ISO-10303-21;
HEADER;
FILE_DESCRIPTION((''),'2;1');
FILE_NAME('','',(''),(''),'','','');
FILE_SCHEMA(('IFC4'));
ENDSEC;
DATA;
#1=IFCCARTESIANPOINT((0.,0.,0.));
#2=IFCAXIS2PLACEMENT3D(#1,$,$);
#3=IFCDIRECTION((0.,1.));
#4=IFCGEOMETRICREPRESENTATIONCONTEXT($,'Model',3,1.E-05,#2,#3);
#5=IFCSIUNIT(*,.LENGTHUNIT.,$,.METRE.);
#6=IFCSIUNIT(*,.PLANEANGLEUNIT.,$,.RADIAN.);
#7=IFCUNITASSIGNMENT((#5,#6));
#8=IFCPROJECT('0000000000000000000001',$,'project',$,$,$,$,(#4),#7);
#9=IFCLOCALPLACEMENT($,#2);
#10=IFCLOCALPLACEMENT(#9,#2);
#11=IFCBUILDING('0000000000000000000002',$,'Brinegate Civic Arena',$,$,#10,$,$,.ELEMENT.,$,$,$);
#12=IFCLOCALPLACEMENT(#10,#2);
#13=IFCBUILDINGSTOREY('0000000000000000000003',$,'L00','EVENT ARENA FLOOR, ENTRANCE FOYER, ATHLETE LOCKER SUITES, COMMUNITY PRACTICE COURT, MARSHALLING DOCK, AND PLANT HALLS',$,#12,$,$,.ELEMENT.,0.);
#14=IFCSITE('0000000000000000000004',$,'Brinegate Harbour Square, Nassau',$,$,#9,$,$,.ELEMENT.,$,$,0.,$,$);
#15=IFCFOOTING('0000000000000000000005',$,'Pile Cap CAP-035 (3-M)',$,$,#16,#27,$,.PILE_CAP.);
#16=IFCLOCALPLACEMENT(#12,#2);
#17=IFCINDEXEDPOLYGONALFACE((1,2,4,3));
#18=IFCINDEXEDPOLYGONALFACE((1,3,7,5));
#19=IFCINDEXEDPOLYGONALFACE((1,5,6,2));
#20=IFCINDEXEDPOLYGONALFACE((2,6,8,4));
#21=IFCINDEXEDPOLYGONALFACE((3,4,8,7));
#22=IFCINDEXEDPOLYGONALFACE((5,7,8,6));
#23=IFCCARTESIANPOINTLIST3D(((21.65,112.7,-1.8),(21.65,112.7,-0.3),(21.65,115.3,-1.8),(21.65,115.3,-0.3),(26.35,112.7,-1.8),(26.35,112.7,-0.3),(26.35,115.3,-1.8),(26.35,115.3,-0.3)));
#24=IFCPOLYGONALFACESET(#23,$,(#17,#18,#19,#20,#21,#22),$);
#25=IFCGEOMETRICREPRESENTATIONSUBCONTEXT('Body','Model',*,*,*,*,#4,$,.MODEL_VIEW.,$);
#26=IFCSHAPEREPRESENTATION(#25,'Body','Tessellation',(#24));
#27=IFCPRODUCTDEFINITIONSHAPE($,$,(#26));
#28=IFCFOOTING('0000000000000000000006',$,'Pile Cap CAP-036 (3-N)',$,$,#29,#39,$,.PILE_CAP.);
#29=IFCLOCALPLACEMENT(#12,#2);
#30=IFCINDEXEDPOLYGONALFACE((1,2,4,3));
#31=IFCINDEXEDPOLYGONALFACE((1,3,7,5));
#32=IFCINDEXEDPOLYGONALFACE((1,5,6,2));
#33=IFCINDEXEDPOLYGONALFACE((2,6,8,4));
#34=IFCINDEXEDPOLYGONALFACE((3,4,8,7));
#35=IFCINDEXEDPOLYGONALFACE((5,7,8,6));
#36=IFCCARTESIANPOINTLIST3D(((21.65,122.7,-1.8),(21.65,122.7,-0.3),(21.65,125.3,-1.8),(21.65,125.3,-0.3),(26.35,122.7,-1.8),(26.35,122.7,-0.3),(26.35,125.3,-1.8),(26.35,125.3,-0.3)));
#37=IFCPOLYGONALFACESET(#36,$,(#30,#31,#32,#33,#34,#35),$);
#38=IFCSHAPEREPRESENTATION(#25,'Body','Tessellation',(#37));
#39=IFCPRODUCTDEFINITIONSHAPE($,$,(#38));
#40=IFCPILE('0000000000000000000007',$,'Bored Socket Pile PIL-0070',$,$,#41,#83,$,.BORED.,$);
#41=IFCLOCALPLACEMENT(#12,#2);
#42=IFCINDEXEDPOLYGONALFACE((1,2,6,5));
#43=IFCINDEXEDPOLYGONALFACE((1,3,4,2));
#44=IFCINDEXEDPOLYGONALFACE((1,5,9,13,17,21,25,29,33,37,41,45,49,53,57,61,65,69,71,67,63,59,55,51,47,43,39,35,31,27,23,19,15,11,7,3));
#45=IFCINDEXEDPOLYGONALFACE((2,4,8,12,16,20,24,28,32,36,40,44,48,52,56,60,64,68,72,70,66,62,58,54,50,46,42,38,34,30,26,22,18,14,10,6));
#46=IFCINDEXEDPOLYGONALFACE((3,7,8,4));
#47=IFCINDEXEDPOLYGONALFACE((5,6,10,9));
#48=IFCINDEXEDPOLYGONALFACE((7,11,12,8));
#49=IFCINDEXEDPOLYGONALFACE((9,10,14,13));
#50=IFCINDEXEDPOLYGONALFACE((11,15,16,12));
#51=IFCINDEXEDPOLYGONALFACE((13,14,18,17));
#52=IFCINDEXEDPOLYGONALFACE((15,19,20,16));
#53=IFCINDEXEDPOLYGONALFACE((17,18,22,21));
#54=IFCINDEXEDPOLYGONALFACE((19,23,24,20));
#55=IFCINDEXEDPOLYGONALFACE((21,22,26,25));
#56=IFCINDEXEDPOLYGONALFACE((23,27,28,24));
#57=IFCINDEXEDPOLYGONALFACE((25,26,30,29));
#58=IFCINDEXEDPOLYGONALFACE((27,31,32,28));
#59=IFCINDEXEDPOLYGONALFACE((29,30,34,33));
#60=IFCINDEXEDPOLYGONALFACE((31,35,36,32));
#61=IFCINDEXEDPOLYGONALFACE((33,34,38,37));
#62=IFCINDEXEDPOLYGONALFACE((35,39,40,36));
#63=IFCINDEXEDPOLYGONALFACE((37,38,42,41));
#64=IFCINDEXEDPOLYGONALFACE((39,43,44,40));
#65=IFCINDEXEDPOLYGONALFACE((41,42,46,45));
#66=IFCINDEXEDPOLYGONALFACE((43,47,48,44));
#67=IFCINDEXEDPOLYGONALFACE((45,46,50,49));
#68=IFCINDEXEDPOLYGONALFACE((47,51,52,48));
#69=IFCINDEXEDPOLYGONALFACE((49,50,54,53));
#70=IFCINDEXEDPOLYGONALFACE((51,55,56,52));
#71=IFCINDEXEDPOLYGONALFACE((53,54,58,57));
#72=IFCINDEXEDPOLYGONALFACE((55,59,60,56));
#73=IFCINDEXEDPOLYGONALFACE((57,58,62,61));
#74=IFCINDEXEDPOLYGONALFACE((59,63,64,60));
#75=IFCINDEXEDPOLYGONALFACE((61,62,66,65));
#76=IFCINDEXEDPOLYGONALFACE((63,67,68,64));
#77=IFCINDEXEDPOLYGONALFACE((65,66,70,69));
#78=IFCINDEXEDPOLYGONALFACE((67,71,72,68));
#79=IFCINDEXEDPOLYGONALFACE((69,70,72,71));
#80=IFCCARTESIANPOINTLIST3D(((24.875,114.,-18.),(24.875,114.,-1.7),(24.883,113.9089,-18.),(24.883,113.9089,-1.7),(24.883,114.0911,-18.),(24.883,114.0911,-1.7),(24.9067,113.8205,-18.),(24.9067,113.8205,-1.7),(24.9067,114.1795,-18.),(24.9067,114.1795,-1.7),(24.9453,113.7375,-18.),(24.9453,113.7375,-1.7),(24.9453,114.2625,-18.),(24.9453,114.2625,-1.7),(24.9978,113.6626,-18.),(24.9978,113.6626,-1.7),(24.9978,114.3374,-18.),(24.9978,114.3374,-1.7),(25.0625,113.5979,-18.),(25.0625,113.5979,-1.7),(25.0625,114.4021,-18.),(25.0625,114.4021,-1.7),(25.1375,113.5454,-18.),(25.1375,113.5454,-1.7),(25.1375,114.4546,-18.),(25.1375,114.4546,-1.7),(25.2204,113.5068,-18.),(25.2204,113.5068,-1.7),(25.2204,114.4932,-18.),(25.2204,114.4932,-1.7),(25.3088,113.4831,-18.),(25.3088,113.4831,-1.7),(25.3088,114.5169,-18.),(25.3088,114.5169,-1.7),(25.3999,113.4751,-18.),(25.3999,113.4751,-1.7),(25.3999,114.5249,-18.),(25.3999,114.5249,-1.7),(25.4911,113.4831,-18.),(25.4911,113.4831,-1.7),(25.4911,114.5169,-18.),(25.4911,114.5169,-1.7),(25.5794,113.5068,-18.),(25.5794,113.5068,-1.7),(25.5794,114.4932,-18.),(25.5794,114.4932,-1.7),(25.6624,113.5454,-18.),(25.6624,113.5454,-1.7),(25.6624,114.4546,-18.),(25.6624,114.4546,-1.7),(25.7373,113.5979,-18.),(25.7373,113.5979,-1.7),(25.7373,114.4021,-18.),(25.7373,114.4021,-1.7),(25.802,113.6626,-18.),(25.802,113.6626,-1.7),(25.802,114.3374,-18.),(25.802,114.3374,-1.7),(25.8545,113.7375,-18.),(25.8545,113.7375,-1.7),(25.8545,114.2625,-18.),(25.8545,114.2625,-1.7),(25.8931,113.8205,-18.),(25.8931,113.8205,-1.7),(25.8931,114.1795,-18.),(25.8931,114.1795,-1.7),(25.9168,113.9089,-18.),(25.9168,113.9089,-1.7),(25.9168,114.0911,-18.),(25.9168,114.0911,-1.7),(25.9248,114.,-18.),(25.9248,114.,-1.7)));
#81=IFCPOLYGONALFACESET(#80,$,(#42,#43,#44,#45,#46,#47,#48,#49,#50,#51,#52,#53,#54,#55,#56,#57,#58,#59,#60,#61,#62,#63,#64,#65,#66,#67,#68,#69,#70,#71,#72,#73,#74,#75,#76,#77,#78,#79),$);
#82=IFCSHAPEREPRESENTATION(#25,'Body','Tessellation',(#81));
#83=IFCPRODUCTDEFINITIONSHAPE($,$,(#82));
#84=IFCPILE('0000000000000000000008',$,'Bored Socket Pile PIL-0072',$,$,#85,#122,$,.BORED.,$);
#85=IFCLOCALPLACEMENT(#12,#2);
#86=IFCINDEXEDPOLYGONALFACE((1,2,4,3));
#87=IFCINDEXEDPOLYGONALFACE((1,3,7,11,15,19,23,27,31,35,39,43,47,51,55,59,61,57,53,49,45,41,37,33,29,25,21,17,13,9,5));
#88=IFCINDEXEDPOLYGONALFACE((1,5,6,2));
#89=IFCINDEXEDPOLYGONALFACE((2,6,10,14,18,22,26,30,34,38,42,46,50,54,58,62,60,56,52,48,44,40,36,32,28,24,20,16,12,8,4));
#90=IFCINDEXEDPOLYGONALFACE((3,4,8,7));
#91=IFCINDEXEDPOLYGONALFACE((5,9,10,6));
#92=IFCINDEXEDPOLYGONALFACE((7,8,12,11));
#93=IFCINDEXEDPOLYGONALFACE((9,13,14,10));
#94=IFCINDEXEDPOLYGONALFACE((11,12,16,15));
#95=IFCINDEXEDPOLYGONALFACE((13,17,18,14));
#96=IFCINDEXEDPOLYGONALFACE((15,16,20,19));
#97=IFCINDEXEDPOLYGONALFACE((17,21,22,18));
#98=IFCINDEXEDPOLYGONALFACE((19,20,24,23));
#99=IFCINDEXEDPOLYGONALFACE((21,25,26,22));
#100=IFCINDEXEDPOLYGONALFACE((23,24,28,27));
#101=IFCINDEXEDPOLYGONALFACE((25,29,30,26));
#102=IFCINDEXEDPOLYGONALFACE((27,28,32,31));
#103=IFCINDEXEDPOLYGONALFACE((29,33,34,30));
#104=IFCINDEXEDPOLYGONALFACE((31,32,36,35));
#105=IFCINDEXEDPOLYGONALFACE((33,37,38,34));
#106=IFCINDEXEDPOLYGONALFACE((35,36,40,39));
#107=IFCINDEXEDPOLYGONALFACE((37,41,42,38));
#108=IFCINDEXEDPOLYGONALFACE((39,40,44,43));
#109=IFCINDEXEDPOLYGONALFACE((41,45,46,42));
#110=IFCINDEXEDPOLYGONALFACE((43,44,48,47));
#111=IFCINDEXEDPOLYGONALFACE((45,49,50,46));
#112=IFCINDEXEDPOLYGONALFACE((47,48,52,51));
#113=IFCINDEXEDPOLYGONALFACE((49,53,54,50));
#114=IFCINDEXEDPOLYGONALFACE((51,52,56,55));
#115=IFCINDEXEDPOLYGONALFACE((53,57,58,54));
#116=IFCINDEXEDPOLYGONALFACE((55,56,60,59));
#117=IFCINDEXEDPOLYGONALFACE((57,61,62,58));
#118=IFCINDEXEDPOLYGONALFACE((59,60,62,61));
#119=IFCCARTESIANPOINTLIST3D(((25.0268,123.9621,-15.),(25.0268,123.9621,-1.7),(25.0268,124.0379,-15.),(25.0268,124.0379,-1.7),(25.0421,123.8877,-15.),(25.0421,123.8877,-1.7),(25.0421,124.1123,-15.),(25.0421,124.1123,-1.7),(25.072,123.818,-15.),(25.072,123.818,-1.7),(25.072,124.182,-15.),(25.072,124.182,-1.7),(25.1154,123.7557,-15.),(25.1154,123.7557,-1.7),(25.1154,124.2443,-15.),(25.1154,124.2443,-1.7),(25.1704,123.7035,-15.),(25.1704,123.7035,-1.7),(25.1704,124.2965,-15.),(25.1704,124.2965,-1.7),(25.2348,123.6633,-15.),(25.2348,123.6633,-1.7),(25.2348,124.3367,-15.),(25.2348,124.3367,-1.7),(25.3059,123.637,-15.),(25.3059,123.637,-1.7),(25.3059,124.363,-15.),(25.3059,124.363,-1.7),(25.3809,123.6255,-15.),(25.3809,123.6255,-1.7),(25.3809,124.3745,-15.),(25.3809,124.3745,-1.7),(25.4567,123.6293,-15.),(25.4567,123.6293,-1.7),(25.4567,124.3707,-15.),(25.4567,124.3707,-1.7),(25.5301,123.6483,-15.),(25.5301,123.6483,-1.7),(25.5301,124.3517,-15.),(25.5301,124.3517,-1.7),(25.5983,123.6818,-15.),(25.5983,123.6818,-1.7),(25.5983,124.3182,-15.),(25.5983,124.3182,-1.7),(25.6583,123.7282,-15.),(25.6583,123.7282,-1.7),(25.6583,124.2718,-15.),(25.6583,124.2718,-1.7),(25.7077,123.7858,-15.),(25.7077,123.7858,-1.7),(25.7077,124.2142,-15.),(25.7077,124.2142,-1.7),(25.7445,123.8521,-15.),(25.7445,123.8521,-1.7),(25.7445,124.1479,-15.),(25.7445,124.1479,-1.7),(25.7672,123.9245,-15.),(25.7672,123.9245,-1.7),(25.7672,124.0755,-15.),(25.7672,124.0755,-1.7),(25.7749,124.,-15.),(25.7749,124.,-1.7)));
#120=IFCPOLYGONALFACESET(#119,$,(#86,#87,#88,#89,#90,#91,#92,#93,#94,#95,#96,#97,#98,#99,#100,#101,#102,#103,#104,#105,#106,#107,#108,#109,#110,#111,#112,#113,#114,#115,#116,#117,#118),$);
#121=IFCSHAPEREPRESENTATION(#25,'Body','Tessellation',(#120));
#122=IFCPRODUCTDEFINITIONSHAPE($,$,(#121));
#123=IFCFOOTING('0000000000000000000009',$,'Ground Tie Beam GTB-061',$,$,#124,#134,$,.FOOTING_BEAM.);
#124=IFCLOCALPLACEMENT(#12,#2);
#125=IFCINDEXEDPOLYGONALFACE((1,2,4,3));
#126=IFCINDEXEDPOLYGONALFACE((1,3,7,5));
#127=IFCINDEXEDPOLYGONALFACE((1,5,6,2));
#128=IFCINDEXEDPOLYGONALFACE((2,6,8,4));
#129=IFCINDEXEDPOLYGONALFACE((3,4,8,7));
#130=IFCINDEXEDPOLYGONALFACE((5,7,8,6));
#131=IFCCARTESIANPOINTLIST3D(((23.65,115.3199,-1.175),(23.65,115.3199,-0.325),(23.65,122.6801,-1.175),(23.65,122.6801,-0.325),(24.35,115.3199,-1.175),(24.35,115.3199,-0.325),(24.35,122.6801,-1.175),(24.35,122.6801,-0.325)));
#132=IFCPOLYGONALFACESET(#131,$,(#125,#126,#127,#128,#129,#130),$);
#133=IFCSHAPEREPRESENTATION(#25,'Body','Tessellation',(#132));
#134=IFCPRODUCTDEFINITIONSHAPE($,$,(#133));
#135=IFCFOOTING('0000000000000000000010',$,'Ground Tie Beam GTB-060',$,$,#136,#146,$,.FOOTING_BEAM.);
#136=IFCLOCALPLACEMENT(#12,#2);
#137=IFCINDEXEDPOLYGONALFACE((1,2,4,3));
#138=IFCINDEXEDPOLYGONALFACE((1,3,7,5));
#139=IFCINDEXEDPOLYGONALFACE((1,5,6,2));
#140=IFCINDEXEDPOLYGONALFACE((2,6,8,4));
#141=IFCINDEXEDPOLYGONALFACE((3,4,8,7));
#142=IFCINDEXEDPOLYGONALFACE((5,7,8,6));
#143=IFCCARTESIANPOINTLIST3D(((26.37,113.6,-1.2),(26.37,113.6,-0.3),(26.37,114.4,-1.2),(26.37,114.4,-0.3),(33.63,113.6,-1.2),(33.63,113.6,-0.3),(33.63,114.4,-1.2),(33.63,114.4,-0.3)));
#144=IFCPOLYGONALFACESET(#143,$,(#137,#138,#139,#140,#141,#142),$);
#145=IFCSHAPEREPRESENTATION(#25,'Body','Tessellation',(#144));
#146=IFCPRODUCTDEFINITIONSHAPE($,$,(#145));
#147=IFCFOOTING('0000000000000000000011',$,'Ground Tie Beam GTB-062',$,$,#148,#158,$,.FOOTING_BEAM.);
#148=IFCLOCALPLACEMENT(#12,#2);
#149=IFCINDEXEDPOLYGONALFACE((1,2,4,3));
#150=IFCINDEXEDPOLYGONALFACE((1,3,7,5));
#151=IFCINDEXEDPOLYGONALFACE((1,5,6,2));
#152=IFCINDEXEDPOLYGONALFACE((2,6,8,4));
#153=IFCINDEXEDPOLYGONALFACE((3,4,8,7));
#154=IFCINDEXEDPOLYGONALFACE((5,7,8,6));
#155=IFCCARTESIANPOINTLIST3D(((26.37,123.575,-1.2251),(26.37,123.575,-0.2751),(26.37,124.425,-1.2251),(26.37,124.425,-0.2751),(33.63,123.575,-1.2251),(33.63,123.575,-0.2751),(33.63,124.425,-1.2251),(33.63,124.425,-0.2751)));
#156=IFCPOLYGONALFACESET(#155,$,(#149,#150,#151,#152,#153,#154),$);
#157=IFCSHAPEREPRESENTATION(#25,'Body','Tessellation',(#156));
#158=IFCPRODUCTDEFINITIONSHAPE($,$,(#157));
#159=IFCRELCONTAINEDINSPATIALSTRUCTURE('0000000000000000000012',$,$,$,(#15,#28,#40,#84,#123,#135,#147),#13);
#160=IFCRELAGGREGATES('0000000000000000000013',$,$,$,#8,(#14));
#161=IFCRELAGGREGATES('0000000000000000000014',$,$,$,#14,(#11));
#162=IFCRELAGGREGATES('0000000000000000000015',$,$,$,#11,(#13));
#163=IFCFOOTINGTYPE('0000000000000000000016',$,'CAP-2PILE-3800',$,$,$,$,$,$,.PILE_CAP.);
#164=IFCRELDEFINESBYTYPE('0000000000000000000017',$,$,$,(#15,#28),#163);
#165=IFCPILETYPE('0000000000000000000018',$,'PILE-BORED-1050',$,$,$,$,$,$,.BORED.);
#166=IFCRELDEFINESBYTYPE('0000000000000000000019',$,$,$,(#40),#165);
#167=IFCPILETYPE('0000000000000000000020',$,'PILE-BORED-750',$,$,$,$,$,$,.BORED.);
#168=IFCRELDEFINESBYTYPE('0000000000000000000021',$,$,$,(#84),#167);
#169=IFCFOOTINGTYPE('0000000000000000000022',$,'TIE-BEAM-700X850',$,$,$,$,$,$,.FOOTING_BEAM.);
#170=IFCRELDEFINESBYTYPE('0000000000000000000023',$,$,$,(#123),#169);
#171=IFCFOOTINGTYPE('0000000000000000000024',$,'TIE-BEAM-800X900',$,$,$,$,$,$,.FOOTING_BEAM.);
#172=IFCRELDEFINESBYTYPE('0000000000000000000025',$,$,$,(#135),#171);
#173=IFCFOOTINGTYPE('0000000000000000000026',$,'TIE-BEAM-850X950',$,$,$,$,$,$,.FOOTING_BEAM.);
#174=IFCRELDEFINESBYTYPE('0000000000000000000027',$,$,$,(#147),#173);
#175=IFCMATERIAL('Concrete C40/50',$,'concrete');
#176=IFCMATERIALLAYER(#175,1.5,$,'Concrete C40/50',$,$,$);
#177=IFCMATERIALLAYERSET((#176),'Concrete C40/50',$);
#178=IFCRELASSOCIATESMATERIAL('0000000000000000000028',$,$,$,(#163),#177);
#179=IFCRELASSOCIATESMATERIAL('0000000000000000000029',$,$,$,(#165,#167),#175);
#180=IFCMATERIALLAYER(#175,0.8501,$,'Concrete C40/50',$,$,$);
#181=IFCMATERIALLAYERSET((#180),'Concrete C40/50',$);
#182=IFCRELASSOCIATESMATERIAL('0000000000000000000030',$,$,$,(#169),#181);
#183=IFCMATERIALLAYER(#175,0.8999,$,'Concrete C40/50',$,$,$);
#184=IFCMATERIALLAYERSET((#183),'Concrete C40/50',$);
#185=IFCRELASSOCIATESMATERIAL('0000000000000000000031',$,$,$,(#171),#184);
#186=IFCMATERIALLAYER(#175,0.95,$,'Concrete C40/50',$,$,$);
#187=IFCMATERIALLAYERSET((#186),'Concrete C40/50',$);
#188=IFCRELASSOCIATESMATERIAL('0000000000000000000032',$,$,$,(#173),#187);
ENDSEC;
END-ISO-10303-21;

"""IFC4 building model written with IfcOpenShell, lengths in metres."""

from ifc_helpers import new_model, si_unit, direction, frame, origin, origin_2d, place, context, subcontext, project, spatial, rectangle, circle, extrude, material, layer, layer_set, material_profile, profile_set, type_object, element, save


model = new_model("IFC4")

# Units and contexts
model_context = context("Model", 3, precision=1e-05, world=origin(), true_north=direction((0.0, 1.0)))
body_context = subcontext(model_context, "Body", "Model", "MODEL_VIEW")
ifc_project = project(units=[si_unit("LENGTHUNIT", "METRE"), si_unit("PLANEANGLEUNIT", "RADIAN")], contexts=[model_context])

# Site, building, storey
site_placement = place(None, origin())
site = spatial("IfcSite", under=ifc_project, at=site_placement, Name="Brinegate Harbour Square, Nassau", CompositionType="ELEMENT", RefElevation=0.0)
building_placement = place(site_placement, origin())
building = spatial("IfcBuilding", under=site, at=building_placement, Name="Brinegate Civic Arena", CompositionType="ELEMENT")
storey_placement = place(building_placement, origin())
storey = spatial("IfcBuildingStorey", under=building, at=storey_placement, Name="L00", Description="EVENT ARENA FLOOR, ENTRANCE FOYER, ATHLETE LOCKER SUITES, COMMUNITY PRACTICE COURT, MARSHALLING DOCK, AND PLANT HALLS", CompositionType="ELEMENT", Elevation=0.0)

# Footings
ifc_material_1 = material(Name="Concrete C40/50", Category="concrete")
ifc_layer_1 = layer(ifc_material_1, 1.5, Name="Concrete C40/50")
ifc_layer_set_1 = layer_set([ifc_layer_1], Name="Concrete C40/50")
footing_type_1 = type_object("IfcFootingType", Name="CAP-2PILE-3800", PredefinedType="PILE_CAP", material=ifc_layer_set_1)
for number, where, z_axis, x_axis, name in (
    (1, (24.0, 114.0, -1.8), (0.0, 0.0, 1.0), (1.0, 0.0, 0.0), "Pile Cap CAP-035 (3-M)"),
    (2, (24.0, 124.0, -1.8), (0.0, 0.0, 1.0), (1.0, 0.0, 0.0), "Pile Cap CAP-036 (3-N)"),
):
    element("IfcFooting", number, at=place(storey_placement, frame(where, z_axis=z_axis, x_axis=x_axis)), inside=storey, type_object=footing_type_1, Name=name, PredefinedType="PILE_CAP", context=body_context, shape_type="SweptSolid", body=[
        extrude(rectangle(XDim=4.7, YDim=2.6001, at=origin_2d()), origin(), (0.0, 0.0, 1.0), 1.5),
    ])

# Piles
ifc_material_profile_1 = material_profile(ifc_material_1, circle(Radius=0.5249, at=origin_2d()), Name="PILED1050")
ifc_profile_set_1 = profile_set([ifc_material_profile_1], Name="Concrete C40/50")
pile_type_1 = type_object("IfcPileType", Name="PILE-BORED-1050", PredefinedType="BORED", material=ifc_profile_set_1)
pile_1_placement = place(storey_placement, frame((25.3999, 114.0, -1.7), z_axis=(0.0, 0.0, -1.0), x_axis=(1.0, 0.0, 0.0)))
element("IfcPile", 3, at=pile_1_placement, inside=storey, type_object=pile_type_1, Name="Bored Socket Pile PIL-0070", PredefinedType="BORED", context=body_context, shape_type="SweptSolid", body=[
    extrude(circle(Radius=0.5249, at=origin_2d()), origin(), (0.0, 0.0, 1.0), 16.3),
])
ifc_material_profile_2 = material_profile(ifc_material_1, circle(Radius=0.375, at=origin_2d()), Name="PILED750")
ifc_profile_set_2 = profile_set([ifc_material_profile_2], Name="Concrete C40/50")
pile_type_2 = type_object("IfcPileType", Name="PILE-BORED-750", PredefinedType="BORED", material=ifc_profile_set_2)
pile_2_placement = place(storey_placement, frame((25.3999, 124.0, -1.7), z_axis=(0.0, 0.0, -1.0), x_axis=(1.0, 0.0, 0.0)))
element("IfcPile", 4, at=pile_2_placement, inside=storey, type_object=pile_type_2, Name="Bored Socket Pile PIL-0072", PredefinedType="BORED", context=body_context, shape_type="SweptSolid", body=[
    extrude(circle(Radius=0.375, at=origin_2d()), origin(), (0.0, 0.0, 1.0), 13.3),
])

# Footings
ifc_layer_2 = layer(ifc_material_1, 0.8501, Name="Concrete C40/50")
ifc_layer_set_2 = layer_set([ifc_layer_2], Name="Concrete C40/50")
footing_type_2 = type_object("IfcFootingType", Name="TIE-BEAM-700X850", PredefinedType="FOOTING_BEAM", material=ifc_layer_set_2)
footing_1_placement = place(storey_placement, frame((24.0, 119.0, -1.175), z_axis=(0.0, 0.0, 1.0), x_axis=(0.0, 1.0, 0.0)))
element("IfcFooting", 5, at=footing_1_placement, inside=storey, type_object=footing_type_2, Name="Ground Tie Beam GTB-061", PredefinedType="FOOTING_BEAM", context=body_context, shape_type="SweptSolid", body=[
    extrude(rectangle(XDim=7.3601, YDim=0.7, at=origin_2d()), origin(), (0.0, 0.0, 1.0), 0.8501),
])
ifc_layer_3 = layer(ifc_material_1, 0.8999, Name="Concrete C40/50")
ifc_layer_set_3 = layer_set([ifc_layer_3], Name="Concrete C40/50")
footing_type_3 = type_object("IfcFootingType", Name="TIE-BEAM-800X900", PredefinedType="FOOTING_BEAM", material=ifc_layer_set_3)
footing_2_placement = place(storey_placement, frame((30.0, 114.0, -1.2), z_axis=(0.0, 0.0, 1.0), x_axis=(1.0, 0.0, 0.0)))
element("IfcFooting", 6, at=footing_2_placement, inside=storey, type_object=footing_type_3, Name="Ground Tie Beam GTB-060", PredefinedType="FOOTING_BEAM", context=body_context, shape_type="SweptSolid", body=[
    extrude(rectangle(XDim=7.26, YDim=0.8, at=origin_2d()), origin(), (0.0, 0.0, 1.0), 0.8999),
])
ifc_layer_4 = layer(ifc_material_1, 0.95, Name="Concrete C40/50")
ifc_layer_set_4 = layer_set([ifc_layer_4], Name="Concrete C40/50")
footing_type_4 = type_object("IfcFootingType", Name="TIE-BEAM-850X950", PredefinedType="FOOTING_BEAM", material=ifc_layer_set_4)
footing_3_placement = place(storey_placement, frame((30.0, 124.0, -1.2251), z_axis=(0.0, 0.0, 1.0), x_axis=(1.0, 0.0, 0.0)))
element("IfcFooting", 7, at=footing_3_placement, inside=storey, type_object=footing_type_4, Name="Ground Tie Beam GTB-062", PredefinedType="FOOTING_BEAM", context=body_context, shape_type="SweptSolid", body=[
    extrude(rectangle(XDim=7.26, YDim=0.8501, at=origin_2d()), origin(), (0.0, 0.0, 1.0), 0.95),
])

save(model, "model.ifc")
